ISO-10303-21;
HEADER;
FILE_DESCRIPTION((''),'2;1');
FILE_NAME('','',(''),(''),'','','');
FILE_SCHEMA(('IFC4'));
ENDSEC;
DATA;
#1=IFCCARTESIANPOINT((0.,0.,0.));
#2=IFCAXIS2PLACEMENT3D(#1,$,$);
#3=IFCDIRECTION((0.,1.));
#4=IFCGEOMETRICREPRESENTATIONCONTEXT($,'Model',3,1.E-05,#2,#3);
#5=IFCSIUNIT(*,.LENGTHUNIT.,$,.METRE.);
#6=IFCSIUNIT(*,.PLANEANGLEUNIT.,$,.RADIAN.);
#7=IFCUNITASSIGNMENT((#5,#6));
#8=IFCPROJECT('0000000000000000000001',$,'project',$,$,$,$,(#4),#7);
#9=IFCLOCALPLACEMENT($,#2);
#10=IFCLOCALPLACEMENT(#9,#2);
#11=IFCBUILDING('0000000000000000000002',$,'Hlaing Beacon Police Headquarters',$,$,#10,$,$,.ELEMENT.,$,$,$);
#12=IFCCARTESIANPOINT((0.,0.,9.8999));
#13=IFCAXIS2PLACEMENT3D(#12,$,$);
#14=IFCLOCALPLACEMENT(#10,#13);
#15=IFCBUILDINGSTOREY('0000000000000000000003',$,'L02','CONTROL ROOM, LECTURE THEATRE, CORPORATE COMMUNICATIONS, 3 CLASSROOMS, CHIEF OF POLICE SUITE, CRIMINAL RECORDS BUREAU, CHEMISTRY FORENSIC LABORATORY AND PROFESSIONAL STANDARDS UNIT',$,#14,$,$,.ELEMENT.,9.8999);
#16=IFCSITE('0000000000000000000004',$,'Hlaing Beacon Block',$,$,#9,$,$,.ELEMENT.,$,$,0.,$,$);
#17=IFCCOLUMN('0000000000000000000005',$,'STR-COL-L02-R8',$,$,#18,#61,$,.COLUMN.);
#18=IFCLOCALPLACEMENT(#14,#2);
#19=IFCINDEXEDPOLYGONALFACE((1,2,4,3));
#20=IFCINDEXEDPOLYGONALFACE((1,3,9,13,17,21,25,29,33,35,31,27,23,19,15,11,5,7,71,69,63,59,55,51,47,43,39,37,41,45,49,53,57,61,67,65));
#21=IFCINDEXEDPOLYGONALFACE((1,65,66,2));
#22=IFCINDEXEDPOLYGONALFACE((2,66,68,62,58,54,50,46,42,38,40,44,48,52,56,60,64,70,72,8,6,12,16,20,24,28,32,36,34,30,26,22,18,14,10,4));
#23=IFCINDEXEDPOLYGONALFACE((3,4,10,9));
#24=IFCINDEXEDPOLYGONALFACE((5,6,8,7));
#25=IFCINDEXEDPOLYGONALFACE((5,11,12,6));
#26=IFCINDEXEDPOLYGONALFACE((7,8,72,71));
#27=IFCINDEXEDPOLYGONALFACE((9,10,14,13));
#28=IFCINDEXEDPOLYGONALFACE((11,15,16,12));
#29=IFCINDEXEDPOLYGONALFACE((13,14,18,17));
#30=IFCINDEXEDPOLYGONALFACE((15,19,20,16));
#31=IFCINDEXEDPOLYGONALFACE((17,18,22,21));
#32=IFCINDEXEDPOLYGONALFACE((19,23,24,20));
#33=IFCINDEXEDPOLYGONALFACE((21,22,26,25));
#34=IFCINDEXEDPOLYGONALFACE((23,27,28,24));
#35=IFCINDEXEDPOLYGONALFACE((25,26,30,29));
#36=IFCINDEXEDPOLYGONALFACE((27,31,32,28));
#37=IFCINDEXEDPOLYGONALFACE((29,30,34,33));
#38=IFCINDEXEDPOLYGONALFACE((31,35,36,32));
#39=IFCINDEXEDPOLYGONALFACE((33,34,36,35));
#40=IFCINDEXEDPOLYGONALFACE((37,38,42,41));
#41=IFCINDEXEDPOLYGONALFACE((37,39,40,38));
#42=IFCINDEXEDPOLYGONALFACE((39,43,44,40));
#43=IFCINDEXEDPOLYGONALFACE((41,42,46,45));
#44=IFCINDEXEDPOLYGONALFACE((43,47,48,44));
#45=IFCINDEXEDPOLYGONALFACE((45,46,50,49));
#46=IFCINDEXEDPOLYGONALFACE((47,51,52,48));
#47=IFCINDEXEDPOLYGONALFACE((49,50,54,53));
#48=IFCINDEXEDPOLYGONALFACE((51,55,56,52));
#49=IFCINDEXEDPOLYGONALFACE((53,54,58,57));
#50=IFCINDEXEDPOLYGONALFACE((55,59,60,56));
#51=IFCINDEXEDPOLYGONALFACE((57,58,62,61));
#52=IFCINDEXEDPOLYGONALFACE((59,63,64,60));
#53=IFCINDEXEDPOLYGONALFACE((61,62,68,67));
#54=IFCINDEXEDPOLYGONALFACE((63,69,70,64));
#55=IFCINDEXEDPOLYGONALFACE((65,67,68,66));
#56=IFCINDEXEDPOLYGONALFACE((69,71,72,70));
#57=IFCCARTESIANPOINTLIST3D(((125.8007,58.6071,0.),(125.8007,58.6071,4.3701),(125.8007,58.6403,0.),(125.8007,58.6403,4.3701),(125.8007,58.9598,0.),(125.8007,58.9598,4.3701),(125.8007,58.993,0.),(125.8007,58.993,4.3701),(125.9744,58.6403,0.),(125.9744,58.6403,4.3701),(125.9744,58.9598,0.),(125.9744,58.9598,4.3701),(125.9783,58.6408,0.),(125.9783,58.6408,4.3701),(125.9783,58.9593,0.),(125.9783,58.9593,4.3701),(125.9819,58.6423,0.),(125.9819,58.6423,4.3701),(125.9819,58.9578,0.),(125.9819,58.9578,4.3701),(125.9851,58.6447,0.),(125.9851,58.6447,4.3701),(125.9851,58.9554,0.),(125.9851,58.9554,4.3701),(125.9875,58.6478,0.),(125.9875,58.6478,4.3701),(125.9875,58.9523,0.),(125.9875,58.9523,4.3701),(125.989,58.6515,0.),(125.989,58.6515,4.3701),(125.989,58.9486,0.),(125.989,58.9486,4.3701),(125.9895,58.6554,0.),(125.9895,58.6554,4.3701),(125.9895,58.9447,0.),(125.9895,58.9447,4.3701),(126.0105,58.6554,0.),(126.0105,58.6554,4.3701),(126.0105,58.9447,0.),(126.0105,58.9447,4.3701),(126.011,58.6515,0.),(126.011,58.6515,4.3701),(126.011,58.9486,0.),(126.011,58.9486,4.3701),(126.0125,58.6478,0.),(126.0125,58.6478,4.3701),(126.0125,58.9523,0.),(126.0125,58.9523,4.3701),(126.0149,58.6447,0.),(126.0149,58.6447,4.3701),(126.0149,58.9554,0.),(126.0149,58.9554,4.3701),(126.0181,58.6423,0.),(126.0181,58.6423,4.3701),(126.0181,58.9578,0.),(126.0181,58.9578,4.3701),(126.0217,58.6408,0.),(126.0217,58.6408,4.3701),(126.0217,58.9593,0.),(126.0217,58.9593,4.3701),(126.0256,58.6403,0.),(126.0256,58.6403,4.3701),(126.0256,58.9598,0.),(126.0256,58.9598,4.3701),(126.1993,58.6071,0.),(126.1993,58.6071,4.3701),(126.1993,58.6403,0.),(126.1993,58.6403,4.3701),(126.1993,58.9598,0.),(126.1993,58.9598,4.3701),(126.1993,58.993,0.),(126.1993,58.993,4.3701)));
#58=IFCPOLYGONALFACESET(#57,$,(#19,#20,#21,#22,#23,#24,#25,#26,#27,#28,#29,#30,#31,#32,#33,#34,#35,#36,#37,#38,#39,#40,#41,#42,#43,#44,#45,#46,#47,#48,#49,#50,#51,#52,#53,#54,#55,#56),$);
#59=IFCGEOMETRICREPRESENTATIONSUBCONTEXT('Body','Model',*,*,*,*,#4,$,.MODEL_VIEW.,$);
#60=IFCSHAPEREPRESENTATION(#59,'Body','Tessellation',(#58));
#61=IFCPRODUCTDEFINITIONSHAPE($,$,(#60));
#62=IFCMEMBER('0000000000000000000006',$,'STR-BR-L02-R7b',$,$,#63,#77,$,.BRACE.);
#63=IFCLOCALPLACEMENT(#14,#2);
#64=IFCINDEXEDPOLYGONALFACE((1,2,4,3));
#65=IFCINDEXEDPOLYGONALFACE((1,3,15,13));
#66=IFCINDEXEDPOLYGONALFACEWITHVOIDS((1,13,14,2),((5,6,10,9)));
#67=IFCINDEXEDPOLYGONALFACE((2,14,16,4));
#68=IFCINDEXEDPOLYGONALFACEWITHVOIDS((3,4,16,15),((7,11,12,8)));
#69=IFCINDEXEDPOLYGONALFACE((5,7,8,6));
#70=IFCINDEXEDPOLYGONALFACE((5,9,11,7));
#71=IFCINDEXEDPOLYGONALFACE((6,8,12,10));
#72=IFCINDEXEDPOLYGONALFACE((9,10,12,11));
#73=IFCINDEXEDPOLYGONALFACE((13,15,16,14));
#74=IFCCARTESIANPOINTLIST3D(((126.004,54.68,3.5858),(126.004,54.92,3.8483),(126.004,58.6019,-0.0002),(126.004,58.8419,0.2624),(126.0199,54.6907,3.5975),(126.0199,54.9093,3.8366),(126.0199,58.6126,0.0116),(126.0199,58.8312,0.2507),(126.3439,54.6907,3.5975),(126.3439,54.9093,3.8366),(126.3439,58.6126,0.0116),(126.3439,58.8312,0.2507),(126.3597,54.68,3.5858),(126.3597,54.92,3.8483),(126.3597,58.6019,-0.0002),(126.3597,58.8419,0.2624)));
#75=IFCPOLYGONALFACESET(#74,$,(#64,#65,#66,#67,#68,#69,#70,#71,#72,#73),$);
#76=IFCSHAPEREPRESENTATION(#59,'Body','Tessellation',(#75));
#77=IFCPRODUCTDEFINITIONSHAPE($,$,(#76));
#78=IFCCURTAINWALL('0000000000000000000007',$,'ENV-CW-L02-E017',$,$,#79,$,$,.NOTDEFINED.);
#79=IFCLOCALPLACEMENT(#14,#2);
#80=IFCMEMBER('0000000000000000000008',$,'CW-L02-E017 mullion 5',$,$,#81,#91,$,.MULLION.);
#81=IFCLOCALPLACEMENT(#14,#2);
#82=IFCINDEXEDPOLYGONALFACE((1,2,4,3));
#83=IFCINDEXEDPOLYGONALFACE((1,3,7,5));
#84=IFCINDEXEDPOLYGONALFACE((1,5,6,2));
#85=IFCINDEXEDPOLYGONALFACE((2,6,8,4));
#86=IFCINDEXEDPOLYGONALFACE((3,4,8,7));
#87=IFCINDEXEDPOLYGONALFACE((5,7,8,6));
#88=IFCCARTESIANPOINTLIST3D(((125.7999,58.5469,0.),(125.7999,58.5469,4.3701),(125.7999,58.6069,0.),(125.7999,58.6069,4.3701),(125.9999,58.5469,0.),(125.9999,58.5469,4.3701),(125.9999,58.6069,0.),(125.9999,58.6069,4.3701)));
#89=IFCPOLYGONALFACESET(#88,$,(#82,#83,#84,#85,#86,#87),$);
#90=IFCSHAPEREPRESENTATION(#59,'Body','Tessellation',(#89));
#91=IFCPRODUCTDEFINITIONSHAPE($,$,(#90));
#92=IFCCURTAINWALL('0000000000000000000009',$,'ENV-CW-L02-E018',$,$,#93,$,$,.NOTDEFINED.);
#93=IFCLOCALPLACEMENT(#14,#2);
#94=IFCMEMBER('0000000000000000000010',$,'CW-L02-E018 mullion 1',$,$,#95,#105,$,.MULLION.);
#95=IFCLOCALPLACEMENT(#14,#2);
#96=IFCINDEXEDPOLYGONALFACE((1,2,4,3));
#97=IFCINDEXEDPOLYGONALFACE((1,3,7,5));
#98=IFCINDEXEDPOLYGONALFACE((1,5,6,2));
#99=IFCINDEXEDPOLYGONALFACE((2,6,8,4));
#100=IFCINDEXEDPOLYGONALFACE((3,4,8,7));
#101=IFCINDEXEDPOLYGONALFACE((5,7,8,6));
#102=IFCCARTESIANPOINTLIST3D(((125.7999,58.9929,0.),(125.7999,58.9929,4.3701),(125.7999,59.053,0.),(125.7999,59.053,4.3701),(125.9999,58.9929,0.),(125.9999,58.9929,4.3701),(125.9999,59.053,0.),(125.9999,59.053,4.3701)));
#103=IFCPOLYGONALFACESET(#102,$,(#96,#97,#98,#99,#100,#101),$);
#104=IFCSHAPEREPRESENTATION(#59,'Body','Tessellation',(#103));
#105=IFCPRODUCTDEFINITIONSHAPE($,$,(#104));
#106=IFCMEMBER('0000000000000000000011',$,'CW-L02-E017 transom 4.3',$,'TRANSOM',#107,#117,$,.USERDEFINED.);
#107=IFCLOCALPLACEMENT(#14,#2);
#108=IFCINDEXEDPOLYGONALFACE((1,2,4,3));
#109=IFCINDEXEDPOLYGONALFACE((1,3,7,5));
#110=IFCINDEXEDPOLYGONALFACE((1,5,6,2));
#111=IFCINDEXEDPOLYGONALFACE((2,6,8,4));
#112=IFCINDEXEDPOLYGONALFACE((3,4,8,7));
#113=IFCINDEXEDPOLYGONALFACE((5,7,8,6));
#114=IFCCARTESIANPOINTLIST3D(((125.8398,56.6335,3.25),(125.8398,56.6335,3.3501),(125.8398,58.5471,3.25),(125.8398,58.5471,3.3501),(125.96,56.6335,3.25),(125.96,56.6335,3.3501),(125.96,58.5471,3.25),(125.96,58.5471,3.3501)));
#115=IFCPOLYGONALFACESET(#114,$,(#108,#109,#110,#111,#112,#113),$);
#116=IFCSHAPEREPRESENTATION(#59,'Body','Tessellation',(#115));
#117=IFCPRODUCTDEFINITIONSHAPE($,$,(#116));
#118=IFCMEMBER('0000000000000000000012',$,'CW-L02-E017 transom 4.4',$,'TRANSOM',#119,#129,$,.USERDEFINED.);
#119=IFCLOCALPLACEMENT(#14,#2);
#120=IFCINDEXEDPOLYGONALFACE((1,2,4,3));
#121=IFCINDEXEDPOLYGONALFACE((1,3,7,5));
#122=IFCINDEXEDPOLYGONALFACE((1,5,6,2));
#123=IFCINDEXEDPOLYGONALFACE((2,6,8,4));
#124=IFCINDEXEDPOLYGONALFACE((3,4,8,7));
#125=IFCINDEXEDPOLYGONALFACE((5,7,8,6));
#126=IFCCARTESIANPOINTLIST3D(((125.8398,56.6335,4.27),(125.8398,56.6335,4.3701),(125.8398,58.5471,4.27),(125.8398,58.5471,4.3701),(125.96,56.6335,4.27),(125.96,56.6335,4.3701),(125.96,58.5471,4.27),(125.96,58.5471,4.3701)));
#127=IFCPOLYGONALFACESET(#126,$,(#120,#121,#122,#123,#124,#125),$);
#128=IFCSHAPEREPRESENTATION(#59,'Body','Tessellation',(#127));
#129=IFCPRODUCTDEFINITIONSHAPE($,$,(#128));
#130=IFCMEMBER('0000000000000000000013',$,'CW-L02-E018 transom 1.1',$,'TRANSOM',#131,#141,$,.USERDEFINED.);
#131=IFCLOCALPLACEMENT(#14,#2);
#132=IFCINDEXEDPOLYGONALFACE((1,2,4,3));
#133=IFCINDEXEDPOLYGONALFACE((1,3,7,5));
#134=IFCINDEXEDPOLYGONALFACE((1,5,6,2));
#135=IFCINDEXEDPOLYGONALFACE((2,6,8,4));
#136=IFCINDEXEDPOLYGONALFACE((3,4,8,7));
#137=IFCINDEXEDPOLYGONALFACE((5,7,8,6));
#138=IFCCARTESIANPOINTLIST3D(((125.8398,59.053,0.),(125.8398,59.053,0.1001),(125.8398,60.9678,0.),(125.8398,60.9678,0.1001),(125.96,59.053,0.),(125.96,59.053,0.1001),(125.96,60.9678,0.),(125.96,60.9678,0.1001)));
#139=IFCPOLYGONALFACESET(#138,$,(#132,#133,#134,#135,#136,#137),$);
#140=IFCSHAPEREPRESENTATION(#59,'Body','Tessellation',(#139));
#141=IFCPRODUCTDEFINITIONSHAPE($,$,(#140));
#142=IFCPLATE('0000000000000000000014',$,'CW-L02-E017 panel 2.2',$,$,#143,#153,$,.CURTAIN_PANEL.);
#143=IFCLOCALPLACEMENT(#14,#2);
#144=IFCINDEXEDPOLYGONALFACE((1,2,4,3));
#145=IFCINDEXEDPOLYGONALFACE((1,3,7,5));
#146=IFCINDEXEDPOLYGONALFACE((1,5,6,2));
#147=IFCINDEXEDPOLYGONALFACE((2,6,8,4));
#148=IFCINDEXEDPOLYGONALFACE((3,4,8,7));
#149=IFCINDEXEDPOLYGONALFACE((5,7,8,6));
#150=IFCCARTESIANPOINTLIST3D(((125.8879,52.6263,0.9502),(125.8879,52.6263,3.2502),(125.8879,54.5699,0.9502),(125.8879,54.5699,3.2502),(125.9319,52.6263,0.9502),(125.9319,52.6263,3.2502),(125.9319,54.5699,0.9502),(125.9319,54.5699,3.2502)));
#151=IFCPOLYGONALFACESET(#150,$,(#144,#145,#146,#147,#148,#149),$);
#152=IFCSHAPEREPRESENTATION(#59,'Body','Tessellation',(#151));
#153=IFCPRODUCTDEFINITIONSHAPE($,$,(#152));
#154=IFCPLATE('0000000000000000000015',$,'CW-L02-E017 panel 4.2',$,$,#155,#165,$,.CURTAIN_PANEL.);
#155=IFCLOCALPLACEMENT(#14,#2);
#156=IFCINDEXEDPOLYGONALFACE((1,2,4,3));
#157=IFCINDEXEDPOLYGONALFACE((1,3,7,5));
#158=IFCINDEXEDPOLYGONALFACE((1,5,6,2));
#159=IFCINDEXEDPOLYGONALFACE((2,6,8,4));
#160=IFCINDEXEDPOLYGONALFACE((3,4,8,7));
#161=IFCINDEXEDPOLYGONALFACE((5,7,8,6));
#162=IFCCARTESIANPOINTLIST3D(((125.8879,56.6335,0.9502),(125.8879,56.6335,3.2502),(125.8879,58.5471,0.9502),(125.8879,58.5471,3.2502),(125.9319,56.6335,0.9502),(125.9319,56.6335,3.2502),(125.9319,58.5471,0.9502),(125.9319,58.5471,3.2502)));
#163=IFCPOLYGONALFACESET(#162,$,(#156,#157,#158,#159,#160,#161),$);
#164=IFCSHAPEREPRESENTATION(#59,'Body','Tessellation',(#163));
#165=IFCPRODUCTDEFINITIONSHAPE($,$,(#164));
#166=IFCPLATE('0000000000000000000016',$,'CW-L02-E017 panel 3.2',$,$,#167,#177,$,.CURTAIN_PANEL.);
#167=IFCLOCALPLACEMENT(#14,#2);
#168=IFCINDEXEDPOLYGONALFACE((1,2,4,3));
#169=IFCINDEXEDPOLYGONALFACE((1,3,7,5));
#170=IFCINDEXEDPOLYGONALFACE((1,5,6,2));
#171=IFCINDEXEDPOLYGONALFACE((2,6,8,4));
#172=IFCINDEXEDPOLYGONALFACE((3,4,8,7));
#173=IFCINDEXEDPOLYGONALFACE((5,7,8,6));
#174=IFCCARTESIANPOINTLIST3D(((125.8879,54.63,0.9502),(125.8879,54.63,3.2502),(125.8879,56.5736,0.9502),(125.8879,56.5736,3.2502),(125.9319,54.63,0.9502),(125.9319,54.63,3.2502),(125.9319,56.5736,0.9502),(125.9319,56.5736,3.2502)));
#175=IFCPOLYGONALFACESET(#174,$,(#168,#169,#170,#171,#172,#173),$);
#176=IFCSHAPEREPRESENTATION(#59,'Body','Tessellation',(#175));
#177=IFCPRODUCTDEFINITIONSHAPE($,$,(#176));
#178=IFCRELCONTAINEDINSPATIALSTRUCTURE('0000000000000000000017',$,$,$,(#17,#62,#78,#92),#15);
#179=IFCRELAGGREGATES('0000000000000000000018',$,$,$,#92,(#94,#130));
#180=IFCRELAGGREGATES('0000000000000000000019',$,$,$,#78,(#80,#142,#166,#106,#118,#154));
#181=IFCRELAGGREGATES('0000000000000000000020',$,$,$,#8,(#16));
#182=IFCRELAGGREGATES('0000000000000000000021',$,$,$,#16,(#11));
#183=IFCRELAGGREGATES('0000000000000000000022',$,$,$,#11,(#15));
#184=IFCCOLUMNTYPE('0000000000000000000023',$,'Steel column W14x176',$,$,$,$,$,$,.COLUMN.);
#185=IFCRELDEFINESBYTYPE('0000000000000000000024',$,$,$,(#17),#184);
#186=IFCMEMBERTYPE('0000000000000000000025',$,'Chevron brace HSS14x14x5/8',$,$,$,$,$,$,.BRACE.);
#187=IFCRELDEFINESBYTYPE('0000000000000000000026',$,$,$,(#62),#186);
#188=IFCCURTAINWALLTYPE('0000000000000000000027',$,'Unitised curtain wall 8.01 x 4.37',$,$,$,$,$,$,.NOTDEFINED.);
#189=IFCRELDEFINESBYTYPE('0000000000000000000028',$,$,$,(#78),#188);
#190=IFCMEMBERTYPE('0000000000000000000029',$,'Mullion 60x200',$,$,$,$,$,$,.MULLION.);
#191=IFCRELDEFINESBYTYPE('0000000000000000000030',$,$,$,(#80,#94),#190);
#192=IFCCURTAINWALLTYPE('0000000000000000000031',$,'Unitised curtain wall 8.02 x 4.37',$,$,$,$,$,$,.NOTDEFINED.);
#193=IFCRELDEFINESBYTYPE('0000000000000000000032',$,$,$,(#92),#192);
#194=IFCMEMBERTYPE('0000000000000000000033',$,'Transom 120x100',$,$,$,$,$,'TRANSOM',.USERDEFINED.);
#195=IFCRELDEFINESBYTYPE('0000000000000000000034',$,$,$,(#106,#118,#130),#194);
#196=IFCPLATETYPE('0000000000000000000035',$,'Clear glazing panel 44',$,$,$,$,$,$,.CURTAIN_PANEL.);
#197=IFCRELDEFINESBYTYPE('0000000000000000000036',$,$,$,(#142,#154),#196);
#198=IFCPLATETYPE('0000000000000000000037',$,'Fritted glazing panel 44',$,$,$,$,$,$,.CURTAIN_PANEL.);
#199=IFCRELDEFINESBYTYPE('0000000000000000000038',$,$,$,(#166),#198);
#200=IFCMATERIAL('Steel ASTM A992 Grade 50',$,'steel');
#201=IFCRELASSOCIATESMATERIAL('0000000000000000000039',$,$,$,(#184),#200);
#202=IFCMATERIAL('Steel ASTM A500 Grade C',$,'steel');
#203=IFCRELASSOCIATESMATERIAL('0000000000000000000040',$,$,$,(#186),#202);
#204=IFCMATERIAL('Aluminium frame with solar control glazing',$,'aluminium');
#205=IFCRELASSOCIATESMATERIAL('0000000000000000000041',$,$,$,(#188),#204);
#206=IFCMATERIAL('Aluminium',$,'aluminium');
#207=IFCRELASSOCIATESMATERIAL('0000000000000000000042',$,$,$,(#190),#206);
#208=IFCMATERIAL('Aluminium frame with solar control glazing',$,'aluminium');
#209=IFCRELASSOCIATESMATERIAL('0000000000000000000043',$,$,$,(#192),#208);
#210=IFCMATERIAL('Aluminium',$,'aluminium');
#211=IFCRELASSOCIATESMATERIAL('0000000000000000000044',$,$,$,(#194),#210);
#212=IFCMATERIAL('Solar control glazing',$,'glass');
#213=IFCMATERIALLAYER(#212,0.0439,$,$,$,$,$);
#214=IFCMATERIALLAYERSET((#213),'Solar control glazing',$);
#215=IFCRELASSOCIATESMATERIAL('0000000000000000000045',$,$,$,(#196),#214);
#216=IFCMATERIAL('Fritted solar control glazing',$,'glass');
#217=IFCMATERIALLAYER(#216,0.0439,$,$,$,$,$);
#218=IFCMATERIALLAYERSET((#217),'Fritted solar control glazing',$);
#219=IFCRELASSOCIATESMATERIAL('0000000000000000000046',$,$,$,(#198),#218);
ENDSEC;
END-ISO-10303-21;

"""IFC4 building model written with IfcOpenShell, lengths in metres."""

from ifc_helpers import new_model, si_unit, direction, frame, origin, origin_2d, place, context, subcontext, project, spatial, rectangle, hollow_rectangle, i_section, extrude, material, layer, layer_set, material_profile, profile_set, type_object, element, aggregate, save


model = new_model("IFC4")

# Units and contexts
model_context = context("Model", 3, precision=1e-05, world=origin(), true_north=direction((0.0, 1.0)))
body_context = subcontext(model_context, "Body", "Model", "MODEL_VIEW")
ifc_project = project(units=[si_unit("LENGTHUNIT", "METRE"), si_unit("PLANEANGLEUNIT", "RADIAN")], contexts=[model_context])

# Site, building, storey
site_placement = place(None, origin())
site = spatial("IfcSite", under=ifc_project, at=site_placement, Name="Hlaing Beacon Block", CompositionType="ELEMENT", RefElevation=0.0)
building_placement = place(site_placement, origin())
building = spatial("IfcBuilding", under=site, at=building_placement, Name="Hlaing Beacon Police Headquarters", CompositionType="ELEMENT")
storey_placement = place(building_placement, frame((0.0, 0.0, 9.8999)))
storey = spatial("IfcBuildingStorey", under=building, at=storey_placement, Name="L02", Description="CONTROL ROOM, LECTURE THEATRE, CORPORATE COMMUNICATIONS, 3 CLASSROOMS, CHIEF OF POLICE SUITE, CRIMINAL RECORDS BUREAU, CHEMISTRY FORENSIC LABORATORY AND PROFESSIONAL STANDARDS UNIT", CompositionType="ELEMENT", Elevation=9.8999)

# Column
ifc_material_1 = material(Name="Steel ASTM A992 Grade 50", Category="steel")
ifc_material_profile_1 = material_profile(ifc_material_1, i_section(OverallWidth=0.3987, OverallDepth=0.386, WebThickness=0.021, FlangeThickness=0.0332, FilletRadius=0.0151, at=origin_2d()), Name="W14x176")
ifc_profile_set_1 = profile_set([ifc_material_profile_1], Name="Steel ASTM A992 Grade 50")
column_type = type_object("IfcColumnType", Name="Steel column W14x176", PredefinedType="COLUMN", material=ifc_profile_set_1)
column_placement = place(storey_placement, frame((126.0, 58.8, 0.0), z_axis=(0.0, 0.0, 1.0), x_axis=(1.0, 0.0, 0.0)))
element("IfcColumn", 1, at=column_placement, inside=storey, type_object=column_type, Name="STR-COL-L02-R8", PredefinedType="COLUMN", context=body_context, shape_type="SweptSolid", body=[
    extrude(i_section(OverallWidth=0.3987, OverallDepth=0.386, WebThickness=0.021, FlangeThickness=0.0332, FilletRadius=0.0151, at=origin_2d()), origin(), (0.0, 0.0, 1.0), 4.3701),
])

# Member
ifc_material_2 = material(Name="Steel ASTM A500 Grade C", Category="steel")
ifc_material_profile_2 = material_profile(ifc_material_2, hollow_rectangle(XDim=0.3557, YDim=0.3557, WallThickness=0.0159, at=origin_2d()), Name="HSS14x14x5/8")
ifc_profile_set_2 = profile_set([ifc_material_profile_2], Name="Steel ASTM A500 Grade C")
member_type_1 = type_object("IfcMemberType", Name="Chevron brace HSS14x14x5/8", PredefinedType="BRACE", material=ifc_profile_set_2)
member_1_placement = place(storey_placement, frame((126.1819, 58.7219, 0.1311), z_axis=(0.0, -0.738008, 0.674792), x_axis=(1.0, 0.0, 0.0)))
element("IfcMember", 2, at=member_1_placement, inside=storey, type_object=member_type_1, Name="STR-BR-L02-R7b", PredefinedType="BRACE", context=body_context, shape_type="SweptSolid", body=[
    extrude(hollow_rectangle(XDim=0.3557, YDim=0.3557, WallThickness=0.0159, at=origin_2d()), origin(), (0.0, 0.0, 1.0), 5.3142),
])

# Curtain walls, members
ifc_material_3 = material(Name="Aluminium frame with solar control glazing", Category="aluminium")
curtain_wall_type_1 = type_object("IfcCurtainWallType", Name="Unitised curtain wall 8.01 x 4.37", PredefinedType="NOTDEFINED", material=ifc_material_3)
curtain_wall_1_placement = place(storey_placement, origin())
curtain_wall_1 = element("IfcCurtainWall", 3, at=curtain_wall_1_placement, inside=storey, type_object=curtain_wall_type_1, Name="ENV-CW-L02-E017", PredefinedType="NOTDEFINED")
ifc_material_4 = material(Name="Aluminium", Category="aluminium")
ifc_material_profile_3 = material_profile(ifc_material_4, rectangle(XDim=0.2, YDim=0.0601, at=origin_2d()), Name="Mullion 60x200")
ifc_profile_set_3 = profile_set([ifc_material_profile_3], Name="Aluminium")
member_type_2 = type_object("IfcMemberType", Name="Mullion 60x200", PredefinedType="MULLION", material=ifc_profile_set_3)
member_2_placement = place(storey_placement, frame((125.8999, 58.5769, 0.0), z_axis=(0.0, 0.0, 1.0), x_axis=(-1.0, 0.0, 0.0)))
member_2 = element("IfcMember", 4, at=member_2_placement, type_object=member_type_2, Name="CW-L02-E017 mullion 5", PredefinedType="MULLION", context=body_context, shape_type="SweptSolid", body=[
    extrude(rectangle(XDim=0.2, YDim=0.0601, at=origin_2d()), origin(), (0.0, 0.0, 1.0), 4.3701),
])
ifc_material_5 = material(Name="Aluminium frame with solar control glazing", Category="aluminium")
curtain_wall_type_2 = type_object("IfcCurtainWallType", Name="Unitised curtain wall 8.02 x 4.37", PredefinedType="NOTDEFINED", material=ifc_material_5)
curtain_wall_2_placement = place(storey_placement, origin())
curtain_wall_2 = element("IfcCurtainWall", 5, at=curtain_wall_2_placement, inside=storey, type_object=curtain_wall_type_2, Name="ENV-CW-L02-E018", PredefinedType="NOTDEFINED")
member_3_placement = place(storey_placement, frame((125.8999, 59.0229, 0.0), z_axis=(0.0, 0.0, 1.0), x_axis=(-1.0, 0.0, 0.0)))
member_3 = element("IfcMember", 6, at=member_3_placement, type_object=member_type_2, Name="CW-L02-E018 mullion 1", PredefinedType="MULLION", context=body_context, shape_type="SweptSolid", body=[
    extrude(rectangle(XDim=0.2, YDim=0.0601, at=origin_2d()), origin(), (0.0, 0.0, 1.0), 4.3701),
])

# Members
ifc_material_6 = material(Name="Aluminium", Category="aluminium")
ifc_material_profile_4 = material_profile(ifc_material_6, rectangle(XDim=0.1201, YDim=0.1001, at=origin_2d()), Name="Transom 120x100")
ifc_profile_set_4 = profile_set([ifc_material_profile_4], Name="Aluminium")
member_type_3 = type_object("IfcMemberType", Name="Transom 120x100", ElementType="TRANSOM", PredefinedType="USERDEFINED", material=ifc_profile_set_4)
member_4_placement = place(storey_placement, frame((125.8999, 56.6335, 3.3), z_axis=(0.0, 1.0, 0.0), x_axis=(-1.0, 0.0, 0.0)))
member_4 = element("IfcMember", 7, at=member_4_placement, type_object=member_type_3, Name="CW-L02-E017 transom 4.3", ObjectType="TRANSOM", PredefinedType="USERDEFINED", context=body_context, shape_type="SweptSolid", body=[
    extrude(rectangle(XDim=0.1201, YDim=0.1001, at=origin_2d()), origin(), (0.0, 0.0, 1.0), 1.9136),
])
member_5_placement = place(storey_placement, frame((125.8999, 56.6335, 4.3201), z_axis=(0.0, 1.0, 0.0), x_axis=(-1.0, 0.0, 0.0)))
member_5 = element("IfcMember", 8, at=member_5_placement, type_object=member_type_3, Name="CW-L02-E017 transom 4.4", ObjectType="TRANSOM", PredefinedType="USERDEFINED", context=body_context, shape_type="SweptSolid", body=[
    extrude(rectangle(XDim=0.1201, YDim=0.1001, at=origin_2d()), origin(), (0.0, 0.0, 1.0), 1.9136),
])
member_6_placement = place(storey_placement, frame((125.8999, 59.053, 0.05), z_axis=(0.0, 1.0, 0.0), x_axis=(-1.0, 0.0, 0.0)))
member_6 = element("IfcMember", 9, at=member_6_placement, type_object=member_type_3, Name="CW-L02-E018 transom 1.1", ObjectType="TRANSOM", PredefinedType="USERDEFINED", context=body_context, shape_type="SweptSolid", body=[
    extrude(rectangle(XDim=0.1201, YDim=0.1001, at=origin_2d()), origin(), (0.0, 0.0, 1.0), 1.9148),
])
aggregate(curtain_wall_2, [member_3, member_6])

# Plates
ifc_material_7 = material(Name="Solar control glazing", Category="glass")
ifc_layer_1 = layer(ifc_material_7, 0.0439)
ifc_layer_set_1 = layer_set([ifc_layer_1], Name="Solar control glazing")
plate_type_1 = type_object("IfcPlateType", Name="Clear glazing panel 44", PredefinedType="CURTAIN_PANEL", material=ifc_layer_set_1)
plate_1_placement = place(storey_placement, frame((125.9099, 53.5981, 0.9502), z_axis=(0.0, 0.0, 1.0), x_axis=(0.0, 1.0, 0.0)))
plate_1 = element("IfcPlate", 10, at=plate_1_placement, type_object=plate_type_1, Name="CW-L02-E017 panel 2.2", PredefinedType="CURTAIN_PANEL", context=body_context, shape_type="SweptSolid", body=[
    extrude(rectangle(XDim=1.9436, YDim=0.0439, at=origin_2d()), origin(), (0.0, 0.0, 1.0), 2.3),
])
plate_2_placement = place(storey_placement, frame((125.9099, 57.5903, 0.9502), z_axis=(0.0, 0.0, 1.0), x_axis=(0.0, 1.0, 0.0)))
plate_2 = element("IfcPlate", 11, at=plate_2_placement, type_object=plate_type_1, Name="CW-L02-E017 panel 4.2", PredefinedType="CURTAIN_PANEL", context=body_context, shape_type="SweptSolid", body=[
    extrude(rectangle(XDim=1.9136, YDim=0.0439, at=origin_2d()), origin(), (0.0, 0.0, 1.0), 2.3),
])
ifc_material_8 = material(Name="Fritted solar control glazing", Category="glass")
ifc_layer_2 = layer(ifc_material_8, 0.0439)
ifc_layer_set_2 = layer_set([ifc_layer_2], Name="Fritted solar control glazing")
plate_type_2 = type_object("IfcPlateType", Name="Fritted glazing panel 44", PredefinedType="CURTAIN_PANEL", material=ifc_layer_set_2)
plate_3_placement = place(storey_placement, frame((125.9099, 55.6018, 0.9502), z_axis=(0.0, 0.0, 1.0), x_axis=(0.0, 1.0, 0.0)))
plate_3 = element("IfcPlate", 12, at=plate_3_placement, type_object=plate_type_2, Name="CW-L02-E017 panel 3.2", PredefinedType="CURTAIN_PANEL", context=body_context, shape_type="SweptSolid", body=[
    extrude(rectangle(XDim=1.9436, YDim=0.0439, at=origin_2d()), origin(), (0.0, 0.0, 1.0), 2.3),
])
aggregate(curtain_wall_1, [member_2, plate_1, plate_3, member_4, member_5, plate_2])

save(model, "model.ifc")
